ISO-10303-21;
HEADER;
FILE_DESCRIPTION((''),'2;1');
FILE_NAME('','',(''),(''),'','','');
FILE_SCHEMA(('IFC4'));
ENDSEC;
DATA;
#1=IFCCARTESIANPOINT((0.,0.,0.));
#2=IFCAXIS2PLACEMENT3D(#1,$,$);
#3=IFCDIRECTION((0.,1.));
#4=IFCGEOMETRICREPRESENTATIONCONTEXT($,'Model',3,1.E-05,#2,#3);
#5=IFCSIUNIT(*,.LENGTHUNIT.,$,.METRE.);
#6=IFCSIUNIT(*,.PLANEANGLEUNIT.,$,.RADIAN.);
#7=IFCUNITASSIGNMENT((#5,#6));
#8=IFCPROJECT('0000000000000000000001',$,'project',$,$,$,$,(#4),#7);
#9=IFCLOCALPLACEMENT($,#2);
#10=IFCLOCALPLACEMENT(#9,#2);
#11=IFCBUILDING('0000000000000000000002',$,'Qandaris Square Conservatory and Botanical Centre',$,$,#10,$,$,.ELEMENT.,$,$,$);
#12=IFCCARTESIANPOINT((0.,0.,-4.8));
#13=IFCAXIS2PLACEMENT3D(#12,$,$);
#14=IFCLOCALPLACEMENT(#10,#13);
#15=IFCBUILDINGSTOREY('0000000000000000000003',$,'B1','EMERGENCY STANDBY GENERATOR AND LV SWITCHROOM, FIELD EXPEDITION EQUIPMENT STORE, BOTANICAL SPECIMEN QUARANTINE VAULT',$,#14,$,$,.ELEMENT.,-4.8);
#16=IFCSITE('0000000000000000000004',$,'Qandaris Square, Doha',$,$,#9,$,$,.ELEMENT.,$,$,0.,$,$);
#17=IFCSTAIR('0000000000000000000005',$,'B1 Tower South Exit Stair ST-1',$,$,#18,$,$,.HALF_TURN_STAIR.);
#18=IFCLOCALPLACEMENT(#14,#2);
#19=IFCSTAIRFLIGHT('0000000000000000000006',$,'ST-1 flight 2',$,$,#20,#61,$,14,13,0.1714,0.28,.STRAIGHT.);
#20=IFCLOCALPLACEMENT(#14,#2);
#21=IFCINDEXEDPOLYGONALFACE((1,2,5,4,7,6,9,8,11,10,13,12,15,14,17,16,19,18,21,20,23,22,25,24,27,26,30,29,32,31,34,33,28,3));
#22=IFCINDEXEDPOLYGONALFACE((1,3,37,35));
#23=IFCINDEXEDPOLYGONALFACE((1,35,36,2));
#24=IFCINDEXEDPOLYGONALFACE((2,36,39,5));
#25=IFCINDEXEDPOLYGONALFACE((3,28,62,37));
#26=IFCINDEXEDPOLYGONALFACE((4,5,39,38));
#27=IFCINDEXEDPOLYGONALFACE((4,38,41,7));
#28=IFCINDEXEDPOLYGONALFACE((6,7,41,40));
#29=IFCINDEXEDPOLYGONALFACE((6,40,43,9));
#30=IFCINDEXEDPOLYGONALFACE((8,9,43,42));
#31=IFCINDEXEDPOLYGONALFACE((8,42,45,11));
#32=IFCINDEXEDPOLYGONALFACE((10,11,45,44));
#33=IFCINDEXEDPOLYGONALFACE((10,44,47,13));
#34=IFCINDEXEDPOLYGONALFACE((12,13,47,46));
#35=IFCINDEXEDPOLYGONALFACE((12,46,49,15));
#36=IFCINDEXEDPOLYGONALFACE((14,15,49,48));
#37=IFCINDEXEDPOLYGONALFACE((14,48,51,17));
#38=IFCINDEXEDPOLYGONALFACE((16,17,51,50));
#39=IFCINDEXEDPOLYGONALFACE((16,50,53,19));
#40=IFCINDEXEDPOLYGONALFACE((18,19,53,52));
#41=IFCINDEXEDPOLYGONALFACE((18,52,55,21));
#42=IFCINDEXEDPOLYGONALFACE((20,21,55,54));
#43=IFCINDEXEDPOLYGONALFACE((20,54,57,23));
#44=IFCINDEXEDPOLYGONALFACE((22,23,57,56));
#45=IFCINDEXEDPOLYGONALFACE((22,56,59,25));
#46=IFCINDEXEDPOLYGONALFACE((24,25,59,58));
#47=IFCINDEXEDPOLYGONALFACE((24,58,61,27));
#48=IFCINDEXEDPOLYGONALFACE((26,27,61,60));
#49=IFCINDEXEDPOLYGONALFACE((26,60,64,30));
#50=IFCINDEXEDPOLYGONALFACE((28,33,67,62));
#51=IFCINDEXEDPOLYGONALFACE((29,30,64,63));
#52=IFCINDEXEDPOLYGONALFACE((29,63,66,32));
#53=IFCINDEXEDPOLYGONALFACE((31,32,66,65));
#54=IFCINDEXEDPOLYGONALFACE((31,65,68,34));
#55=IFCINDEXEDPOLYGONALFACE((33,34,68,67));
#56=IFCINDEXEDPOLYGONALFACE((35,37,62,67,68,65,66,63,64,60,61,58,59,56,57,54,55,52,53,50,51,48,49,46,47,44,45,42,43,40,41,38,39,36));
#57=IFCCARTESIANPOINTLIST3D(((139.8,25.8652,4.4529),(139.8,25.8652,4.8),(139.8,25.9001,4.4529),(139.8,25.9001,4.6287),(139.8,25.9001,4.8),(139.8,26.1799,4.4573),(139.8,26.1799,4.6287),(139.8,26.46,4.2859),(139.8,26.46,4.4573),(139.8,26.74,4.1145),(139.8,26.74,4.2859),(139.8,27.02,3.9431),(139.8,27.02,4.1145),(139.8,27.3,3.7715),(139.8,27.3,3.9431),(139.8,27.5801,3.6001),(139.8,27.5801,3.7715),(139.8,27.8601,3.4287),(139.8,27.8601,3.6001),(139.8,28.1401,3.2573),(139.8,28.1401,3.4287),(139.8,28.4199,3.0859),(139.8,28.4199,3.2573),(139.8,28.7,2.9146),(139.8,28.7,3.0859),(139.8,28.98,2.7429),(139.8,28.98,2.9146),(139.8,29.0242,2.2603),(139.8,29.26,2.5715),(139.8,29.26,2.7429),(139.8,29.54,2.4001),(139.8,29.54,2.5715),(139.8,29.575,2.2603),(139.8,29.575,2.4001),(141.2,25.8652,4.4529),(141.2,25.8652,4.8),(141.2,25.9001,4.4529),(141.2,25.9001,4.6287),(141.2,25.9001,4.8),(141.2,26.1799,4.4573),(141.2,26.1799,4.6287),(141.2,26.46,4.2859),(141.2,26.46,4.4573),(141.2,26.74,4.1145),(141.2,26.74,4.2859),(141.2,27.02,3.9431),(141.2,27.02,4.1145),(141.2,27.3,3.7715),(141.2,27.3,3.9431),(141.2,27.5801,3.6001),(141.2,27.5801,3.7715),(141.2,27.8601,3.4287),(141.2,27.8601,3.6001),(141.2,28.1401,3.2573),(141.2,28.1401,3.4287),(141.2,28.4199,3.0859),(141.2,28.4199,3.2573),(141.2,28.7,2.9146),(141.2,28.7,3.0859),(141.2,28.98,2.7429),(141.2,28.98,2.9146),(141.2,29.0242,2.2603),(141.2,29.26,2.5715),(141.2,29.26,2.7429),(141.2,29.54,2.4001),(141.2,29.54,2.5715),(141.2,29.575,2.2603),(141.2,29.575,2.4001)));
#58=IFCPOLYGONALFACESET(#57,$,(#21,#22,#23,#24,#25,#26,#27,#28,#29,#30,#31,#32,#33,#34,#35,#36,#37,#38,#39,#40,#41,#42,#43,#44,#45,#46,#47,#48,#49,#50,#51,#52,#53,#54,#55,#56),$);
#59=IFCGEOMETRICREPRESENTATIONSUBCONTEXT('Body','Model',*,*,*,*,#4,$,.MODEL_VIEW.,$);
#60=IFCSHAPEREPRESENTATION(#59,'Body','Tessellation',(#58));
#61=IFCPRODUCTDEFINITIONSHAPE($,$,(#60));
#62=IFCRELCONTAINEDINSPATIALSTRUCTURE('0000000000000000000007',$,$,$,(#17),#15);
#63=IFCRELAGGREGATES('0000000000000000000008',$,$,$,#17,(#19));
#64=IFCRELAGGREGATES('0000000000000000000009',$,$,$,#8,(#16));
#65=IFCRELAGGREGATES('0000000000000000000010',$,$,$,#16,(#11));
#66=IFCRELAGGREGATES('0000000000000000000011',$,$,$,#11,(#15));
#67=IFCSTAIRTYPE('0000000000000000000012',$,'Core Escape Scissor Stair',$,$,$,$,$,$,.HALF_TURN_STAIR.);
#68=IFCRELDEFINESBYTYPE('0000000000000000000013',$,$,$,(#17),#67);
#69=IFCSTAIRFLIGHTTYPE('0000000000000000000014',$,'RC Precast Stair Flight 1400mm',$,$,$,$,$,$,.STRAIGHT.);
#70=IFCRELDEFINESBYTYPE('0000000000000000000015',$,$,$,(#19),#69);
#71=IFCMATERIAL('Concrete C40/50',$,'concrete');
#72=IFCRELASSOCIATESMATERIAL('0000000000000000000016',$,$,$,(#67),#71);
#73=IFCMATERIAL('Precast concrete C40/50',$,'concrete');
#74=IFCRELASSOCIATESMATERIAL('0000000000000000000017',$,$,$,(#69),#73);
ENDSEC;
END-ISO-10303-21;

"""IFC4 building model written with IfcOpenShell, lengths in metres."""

from ifc_helpers import new_model, si_unit, direction, frame, origin, place, context, subcontext, project, spatial, polyline, outline, extrude, material, type_object, element, aggregate, save


model = new_model("IFC4")

# Units and contexts
model_context = context("Model", 3, precision=1e-05, world=origin(), true_north=direction((0.0, 1.0)))
body_context = subcontext(model_context, "Body", "Model", "MODEL_VIEW")
ifc_project = project(units=[si_unit("LENGTHUNIT", "METRE"), si_unit("PLANEANGLEUNIT", "RADIAN")], contexts=[model_context])

# Site, building, storey
site_placement = place(None, origin())
site = spatial("IfcSite", under=ifc_project, at=site_placement, Name="Qandaris Square, Doha", CompositionType="ELEMENT", RefElevation=0.0)
building_placement = place(site_placement, origin())
building = spatial("IfcBuilding", under=site, at=building_placement, Name="Qandaris Square Conservatory and Botanical Centre", CompositionType="ELEMENT")
storey_placement = place(building_placement, frame((0.0, 0.0, -4.8)))
storey = spatial("IfcBuildingStorey", under=building, at=storey_placement, Name="B1", Description="EMERGENCY STANDBY GENERATOR AND LV SWITCHROOM, FIELD EXPEDITION EQUIPMENT STORE, BOTANICAL SPECIMEN QUARANTINE VAULT", CompositionType="ELEMENT", Elevation=-4.8)

# Shared definitions
ifc_material_1 = material(Name="Concrete C40/50", Category="concrete")

# Stair, stair flight
stair_type = type_object("IfcStairType", Name="Core Escape Scissor Stair", PredefinedType="HALF_TURN_STAIR", material=ifc_material_1)
stair_placement = place(storey_placement, origin())
stair = element("IfcStair", 1, at=stair_placement, inside=storey, type_object=stair_type, Name="B1 Tower South Exit Stair ST-1", PredefinedType="HALF_TURN_STAIR")
ifc_material_2 = material(Name="Precast concrete C40/50", Category="concrete")
stair_flight_type = type_object("IfcStairFlightType", Name="RC Precast Stair Flight 1400mm", PredefinedType="STRAIGHT", material=ifc_material_2)
stair_flight_placement = place(storey_placement, frame((140.5, 29.54, 2.4001), z_axis=(0.0, 0.0, 1.0), x_axis=(0.0, -1.0, 0.0)))
stair_flight = element("IfcStairFlight", 2, at=stair_flight_placement, type_object=stair_flight_type, Name="ST-1 flight 2", NumberOfRisers=14, NumberOfTreads=13, PredefinedType="STRAIGHT", RiserHeight=0.1714, TreadLength=0.28, context=body_context, shape_type="SweptSolid", body=[
    extrude(outline(polyline([(-0.0349, 0.0), (0.0, 0.0), (0.0, 0.1714), (0.28, 0.1714), (0.28, 0.3428), (0.5601, 0.3428), (0.5601, 0.5144), (0.8401, 0.5144), (0.8401, 0.6858), (1.1201, 0.6858), (1.1201, 0.8572), (1.3999, 0.8572), (1.3999, 1.0286), (1.6799, 1.0286), (1.6799, 1.2), (1.96, 1.2), (1.96, 1.3713), (2.24, 1.3713), (2.24, 1.543), (2.52, 1.543), (2.52, 1.7144), (2.8, 1.7144), (2.8, 1.8857), (3.0801, 1.8857), (3.0801, 2.0571), (3.3601, 2.0571), (3.3601, 2.2285), (3.6399, 2.2285), (3.6399, 2.3999), (3.6748, 2.3999), (3.6748, 2.0527), (3.6399, 2.0527), (0.5159, -0.1399), (-0.0349, -0.1399), (-0.0349, 0.0)])), frame((0.0, 0.7, 0.0), z_axis=(0.0, -1.0, 0.0), x_axis=(1.0, 0.0, 0.0)), (0.0, 0.0, 1.0), 1.3999),
])
aggregate(stair, [stair_flight])

save(model, "model.ifc")
